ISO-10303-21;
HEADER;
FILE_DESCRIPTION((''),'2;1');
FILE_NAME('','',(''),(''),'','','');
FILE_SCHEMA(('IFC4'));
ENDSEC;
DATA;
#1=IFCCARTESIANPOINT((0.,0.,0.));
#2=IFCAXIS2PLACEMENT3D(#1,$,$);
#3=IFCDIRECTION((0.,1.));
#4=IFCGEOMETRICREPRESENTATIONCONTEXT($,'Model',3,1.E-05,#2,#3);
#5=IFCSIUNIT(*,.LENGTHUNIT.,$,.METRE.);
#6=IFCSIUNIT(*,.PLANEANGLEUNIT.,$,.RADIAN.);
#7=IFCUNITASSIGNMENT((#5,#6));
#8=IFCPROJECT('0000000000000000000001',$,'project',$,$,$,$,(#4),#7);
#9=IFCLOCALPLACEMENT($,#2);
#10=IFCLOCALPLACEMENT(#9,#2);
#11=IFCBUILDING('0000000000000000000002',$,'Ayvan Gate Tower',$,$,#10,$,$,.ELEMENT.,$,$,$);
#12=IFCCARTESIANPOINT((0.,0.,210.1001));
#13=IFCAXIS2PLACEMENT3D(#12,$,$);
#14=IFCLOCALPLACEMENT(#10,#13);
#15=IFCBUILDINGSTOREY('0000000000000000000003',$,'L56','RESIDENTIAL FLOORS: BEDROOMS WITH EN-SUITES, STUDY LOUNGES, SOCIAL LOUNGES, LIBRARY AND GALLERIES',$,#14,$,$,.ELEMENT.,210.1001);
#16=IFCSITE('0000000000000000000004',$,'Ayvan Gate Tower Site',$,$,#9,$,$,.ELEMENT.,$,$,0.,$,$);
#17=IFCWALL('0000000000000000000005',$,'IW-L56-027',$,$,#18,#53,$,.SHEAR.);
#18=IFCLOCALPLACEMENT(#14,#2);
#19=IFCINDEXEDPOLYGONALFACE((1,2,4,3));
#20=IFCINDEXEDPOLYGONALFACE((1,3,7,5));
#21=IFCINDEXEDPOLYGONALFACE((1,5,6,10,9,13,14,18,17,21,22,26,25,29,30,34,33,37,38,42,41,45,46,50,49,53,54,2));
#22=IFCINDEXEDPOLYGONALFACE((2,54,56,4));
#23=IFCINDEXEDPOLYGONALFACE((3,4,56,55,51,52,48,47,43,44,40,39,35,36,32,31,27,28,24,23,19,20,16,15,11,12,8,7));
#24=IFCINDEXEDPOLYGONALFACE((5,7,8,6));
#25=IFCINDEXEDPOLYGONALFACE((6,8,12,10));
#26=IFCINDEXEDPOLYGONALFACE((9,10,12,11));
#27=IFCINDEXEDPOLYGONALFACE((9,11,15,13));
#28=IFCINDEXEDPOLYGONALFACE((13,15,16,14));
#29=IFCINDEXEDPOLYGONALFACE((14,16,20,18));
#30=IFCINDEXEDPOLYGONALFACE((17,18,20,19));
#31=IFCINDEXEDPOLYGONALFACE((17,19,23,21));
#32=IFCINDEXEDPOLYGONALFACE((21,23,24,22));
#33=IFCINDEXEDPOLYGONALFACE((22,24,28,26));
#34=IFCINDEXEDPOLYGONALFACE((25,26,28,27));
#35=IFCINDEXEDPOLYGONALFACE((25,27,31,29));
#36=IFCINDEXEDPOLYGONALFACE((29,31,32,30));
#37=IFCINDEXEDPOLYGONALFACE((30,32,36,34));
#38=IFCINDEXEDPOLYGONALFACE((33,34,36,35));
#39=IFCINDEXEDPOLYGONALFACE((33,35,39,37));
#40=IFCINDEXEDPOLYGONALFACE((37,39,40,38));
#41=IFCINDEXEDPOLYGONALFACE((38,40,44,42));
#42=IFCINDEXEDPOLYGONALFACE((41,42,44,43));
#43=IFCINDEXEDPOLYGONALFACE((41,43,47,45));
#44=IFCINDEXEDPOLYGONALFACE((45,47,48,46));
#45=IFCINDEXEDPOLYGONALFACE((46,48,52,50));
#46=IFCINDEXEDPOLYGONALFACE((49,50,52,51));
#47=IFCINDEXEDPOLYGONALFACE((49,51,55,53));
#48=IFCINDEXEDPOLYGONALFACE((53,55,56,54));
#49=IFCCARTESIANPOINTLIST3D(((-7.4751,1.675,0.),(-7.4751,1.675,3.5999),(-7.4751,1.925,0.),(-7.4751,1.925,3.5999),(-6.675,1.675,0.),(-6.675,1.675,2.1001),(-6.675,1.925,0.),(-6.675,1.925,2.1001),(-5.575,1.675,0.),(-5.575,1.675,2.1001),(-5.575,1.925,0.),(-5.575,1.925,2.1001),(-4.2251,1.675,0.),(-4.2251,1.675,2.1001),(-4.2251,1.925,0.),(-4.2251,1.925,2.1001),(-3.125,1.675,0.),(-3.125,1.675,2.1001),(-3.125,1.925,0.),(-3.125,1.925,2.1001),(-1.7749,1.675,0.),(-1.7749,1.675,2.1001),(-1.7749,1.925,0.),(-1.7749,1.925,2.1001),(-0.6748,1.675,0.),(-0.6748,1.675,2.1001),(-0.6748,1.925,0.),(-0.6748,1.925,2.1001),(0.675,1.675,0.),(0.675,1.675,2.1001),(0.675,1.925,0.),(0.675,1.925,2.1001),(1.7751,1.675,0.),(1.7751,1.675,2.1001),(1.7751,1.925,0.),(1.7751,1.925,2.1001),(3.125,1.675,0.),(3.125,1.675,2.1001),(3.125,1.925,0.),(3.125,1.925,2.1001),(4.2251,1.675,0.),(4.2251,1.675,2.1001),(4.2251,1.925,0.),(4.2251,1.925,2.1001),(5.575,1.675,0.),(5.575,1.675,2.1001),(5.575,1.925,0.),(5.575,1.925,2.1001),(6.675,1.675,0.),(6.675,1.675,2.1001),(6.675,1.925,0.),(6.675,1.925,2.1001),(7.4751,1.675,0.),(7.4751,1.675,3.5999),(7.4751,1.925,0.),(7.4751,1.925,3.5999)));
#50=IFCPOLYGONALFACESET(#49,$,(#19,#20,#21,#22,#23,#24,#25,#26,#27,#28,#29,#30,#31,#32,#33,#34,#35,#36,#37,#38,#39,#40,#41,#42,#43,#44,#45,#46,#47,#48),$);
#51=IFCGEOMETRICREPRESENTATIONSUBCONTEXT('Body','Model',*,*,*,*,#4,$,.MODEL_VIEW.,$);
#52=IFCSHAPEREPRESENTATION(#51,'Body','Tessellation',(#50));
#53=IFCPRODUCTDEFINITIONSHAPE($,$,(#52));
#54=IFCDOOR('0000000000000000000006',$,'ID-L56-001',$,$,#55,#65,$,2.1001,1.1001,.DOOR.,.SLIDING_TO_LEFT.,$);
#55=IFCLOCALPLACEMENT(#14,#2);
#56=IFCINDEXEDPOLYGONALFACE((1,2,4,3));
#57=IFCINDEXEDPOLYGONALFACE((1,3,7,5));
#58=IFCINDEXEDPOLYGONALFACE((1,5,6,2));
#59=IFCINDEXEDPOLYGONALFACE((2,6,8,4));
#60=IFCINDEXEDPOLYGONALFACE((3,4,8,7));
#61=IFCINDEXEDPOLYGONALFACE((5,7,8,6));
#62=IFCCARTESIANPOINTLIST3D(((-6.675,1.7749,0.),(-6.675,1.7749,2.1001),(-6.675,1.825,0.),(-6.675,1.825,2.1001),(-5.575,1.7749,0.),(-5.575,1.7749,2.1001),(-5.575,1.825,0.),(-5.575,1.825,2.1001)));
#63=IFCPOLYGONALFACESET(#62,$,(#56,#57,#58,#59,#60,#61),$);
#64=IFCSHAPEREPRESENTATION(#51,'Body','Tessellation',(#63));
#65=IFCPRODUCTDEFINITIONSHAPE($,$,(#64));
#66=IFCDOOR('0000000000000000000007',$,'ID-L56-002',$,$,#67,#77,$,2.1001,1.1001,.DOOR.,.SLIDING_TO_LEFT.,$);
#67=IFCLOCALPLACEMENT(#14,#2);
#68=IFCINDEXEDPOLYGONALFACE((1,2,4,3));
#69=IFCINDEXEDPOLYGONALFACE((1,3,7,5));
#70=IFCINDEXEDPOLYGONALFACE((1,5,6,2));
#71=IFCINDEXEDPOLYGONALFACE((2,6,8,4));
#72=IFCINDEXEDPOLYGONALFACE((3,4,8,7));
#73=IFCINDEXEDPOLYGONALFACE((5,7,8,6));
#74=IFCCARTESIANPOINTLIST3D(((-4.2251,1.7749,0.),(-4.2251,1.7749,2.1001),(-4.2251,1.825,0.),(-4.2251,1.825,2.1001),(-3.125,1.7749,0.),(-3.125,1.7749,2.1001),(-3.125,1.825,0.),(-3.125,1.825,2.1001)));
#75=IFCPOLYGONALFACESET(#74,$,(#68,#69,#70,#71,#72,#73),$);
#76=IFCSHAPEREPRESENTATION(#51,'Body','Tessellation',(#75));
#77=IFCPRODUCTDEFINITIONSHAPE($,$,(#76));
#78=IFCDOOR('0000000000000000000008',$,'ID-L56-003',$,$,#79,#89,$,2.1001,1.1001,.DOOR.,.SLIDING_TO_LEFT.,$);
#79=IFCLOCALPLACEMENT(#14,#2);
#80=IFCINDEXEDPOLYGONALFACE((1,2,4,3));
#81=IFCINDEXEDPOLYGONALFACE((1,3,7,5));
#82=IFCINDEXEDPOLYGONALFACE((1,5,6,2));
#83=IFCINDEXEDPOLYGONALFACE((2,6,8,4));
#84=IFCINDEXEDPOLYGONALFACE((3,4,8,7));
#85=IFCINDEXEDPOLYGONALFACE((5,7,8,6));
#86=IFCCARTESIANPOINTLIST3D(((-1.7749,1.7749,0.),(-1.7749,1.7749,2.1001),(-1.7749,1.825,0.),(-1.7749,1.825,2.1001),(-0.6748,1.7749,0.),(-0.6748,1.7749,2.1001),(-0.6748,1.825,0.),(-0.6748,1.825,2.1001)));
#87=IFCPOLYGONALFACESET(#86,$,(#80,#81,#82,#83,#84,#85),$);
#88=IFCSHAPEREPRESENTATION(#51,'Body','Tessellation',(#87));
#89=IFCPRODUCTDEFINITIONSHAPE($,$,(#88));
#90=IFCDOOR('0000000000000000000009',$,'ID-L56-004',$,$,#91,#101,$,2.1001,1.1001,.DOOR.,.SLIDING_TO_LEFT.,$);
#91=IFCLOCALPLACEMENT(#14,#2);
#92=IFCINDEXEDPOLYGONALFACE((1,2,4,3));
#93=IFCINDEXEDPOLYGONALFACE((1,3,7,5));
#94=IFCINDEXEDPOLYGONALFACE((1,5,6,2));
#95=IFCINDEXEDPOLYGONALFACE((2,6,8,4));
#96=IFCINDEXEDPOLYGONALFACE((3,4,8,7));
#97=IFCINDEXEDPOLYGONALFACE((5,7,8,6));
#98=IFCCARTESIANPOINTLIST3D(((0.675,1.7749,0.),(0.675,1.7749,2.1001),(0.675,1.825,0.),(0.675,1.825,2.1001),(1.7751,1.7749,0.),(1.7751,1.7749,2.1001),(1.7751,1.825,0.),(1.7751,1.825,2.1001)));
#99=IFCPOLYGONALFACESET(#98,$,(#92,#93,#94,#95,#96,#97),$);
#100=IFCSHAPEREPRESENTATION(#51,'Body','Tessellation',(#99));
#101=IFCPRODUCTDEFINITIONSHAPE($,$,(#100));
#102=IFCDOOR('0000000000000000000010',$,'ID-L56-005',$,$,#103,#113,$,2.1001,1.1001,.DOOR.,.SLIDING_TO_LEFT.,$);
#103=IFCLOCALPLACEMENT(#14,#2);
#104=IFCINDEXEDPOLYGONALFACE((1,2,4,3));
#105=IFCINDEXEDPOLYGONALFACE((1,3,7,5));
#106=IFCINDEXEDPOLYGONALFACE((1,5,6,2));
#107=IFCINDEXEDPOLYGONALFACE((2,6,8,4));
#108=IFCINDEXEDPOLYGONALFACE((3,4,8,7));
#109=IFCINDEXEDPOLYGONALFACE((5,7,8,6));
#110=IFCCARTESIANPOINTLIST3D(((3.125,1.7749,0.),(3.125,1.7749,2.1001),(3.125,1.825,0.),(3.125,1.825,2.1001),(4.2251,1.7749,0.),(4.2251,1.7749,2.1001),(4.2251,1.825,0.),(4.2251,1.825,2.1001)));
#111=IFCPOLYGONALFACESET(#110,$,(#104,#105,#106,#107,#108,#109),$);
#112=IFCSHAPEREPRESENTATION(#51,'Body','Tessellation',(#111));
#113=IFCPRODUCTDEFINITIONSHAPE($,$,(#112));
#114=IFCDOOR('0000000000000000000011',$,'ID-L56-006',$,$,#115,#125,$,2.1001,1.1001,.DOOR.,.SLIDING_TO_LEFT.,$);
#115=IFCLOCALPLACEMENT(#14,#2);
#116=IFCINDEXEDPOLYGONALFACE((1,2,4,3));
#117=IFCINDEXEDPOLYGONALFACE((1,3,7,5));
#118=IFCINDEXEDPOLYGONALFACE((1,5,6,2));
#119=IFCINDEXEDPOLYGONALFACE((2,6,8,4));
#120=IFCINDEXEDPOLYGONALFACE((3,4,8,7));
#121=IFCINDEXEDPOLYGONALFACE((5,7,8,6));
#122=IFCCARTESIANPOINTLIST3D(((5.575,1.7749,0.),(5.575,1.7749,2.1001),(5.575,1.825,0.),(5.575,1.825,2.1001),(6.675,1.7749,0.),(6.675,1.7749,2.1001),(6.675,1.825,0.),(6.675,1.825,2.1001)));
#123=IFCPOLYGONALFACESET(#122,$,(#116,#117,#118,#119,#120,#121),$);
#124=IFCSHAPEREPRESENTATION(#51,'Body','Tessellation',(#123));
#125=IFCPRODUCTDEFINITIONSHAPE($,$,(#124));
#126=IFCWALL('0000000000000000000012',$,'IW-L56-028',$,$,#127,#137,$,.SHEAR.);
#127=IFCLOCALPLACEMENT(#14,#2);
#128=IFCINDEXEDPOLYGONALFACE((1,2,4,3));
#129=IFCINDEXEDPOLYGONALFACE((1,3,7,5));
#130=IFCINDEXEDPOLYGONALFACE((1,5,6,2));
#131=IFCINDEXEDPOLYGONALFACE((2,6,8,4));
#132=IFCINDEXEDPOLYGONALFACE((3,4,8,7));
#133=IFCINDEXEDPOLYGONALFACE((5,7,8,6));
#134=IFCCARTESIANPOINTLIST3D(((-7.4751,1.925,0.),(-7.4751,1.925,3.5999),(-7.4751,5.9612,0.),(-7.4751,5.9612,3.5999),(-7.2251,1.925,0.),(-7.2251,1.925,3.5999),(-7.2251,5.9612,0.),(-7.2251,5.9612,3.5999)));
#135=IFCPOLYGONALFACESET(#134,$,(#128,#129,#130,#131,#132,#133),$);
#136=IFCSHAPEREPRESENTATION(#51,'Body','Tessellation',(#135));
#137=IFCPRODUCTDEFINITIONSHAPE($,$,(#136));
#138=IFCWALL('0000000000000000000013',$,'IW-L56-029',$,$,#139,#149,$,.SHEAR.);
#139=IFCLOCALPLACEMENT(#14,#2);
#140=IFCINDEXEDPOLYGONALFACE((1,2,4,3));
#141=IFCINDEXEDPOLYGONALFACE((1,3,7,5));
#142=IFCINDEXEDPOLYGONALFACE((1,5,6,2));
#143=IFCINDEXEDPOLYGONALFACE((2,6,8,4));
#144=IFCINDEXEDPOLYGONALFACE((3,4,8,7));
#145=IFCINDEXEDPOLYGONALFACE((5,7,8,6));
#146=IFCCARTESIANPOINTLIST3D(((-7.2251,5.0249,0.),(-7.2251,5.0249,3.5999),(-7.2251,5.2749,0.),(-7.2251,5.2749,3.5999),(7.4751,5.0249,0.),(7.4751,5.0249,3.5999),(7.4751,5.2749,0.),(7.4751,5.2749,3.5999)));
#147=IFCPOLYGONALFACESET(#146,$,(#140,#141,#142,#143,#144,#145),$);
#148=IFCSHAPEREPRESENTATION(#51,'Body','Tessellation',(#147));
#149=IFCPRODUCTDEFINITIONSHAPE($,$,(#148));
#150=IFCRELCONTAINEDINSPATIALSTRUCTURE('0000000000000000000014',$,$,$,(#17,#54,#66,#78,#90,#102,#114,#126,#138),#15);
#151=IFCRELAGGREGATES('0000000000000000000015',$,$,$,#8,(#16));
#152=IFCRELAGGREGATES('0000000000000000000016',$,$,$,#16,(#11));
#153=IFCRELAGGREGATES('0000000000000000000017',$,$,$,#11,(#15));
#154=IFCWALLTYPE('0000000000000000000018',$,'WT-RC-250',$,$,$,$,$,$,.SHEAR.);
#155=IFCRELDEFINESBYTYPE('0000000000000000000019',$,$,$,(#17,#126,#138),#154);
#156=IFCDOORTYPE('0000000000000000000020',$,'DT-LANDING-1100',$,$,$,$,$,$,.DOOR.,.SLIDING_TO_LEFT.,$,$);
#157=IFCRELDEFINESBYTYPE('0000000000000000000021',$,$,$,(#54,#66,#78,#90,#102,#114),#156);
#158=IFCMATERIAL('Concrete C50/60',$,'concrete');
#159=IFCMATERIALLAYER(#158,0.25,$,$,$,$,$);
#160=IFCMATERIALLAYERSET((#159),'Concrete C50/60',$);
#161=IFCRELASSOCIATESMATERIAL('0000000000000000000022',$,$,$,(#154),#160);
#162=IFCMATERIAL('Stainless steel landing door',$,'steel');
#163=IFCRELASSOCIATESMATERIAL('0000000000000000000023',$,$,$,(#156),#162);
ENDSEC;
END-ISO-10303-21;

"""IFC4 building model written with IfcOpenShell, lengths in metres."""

from ifc_helpers import new_model, si_unit, direction, frame, frame_2d, origin, place, context, subcontext, project, spatial, rectangle, extrude, material, layer, layer_set, type_object, element, fill, save


model = new_model("IFC4")

# Units and contexts
model_context = context("Model", 3, precision=1e-05, world=origin(), true_north=direction((0.0, 1.0)))
body_context = subcontext(model_context, "Body", "Model", "MODEL_VIEW")
ifc_project = project(units=[si_unit("LENGTHUNIT", "METRE"), si_unit("PLANEANGLEUNIT", "RADIAN")], contexts=[model_context])

# Site, building, storey
site_placement = place(None, origin())
site = spatial("IfcSite", under=ifc_project, at=site_placement, Name="Ayvan Gate Tower Site", CompositionType="ELEMENT", RefElevation=0.0)
building_placement = place(site_placement, origin())
building = spatial("IfcBuilding", under=site, at=building_placement, Name="Ayvan Gate Tower", CompositionType="ELEMENT")
storey_placement = place(building_placement, frame((0.0, 0.0, 210.1001)))
storey = spatial("IfcBuildingStorey", under=building, at=storey_placement, Name="L56", Description="RESIDENTIAL FLOORS: BEDROOMS WITH EN-SUITES, STUDY LOUNGES, SOCIAL LOUNGES, LIBRARY AND GALLERIES", CompositionType="ELEMENT", Elevation=210.1001)

# Wall, openings, doors
ifc_material_1 = material(Name="Concrete C50/60", Category="concrete")
ifc_layer_1 = layer(ifc_material_1, 0.25)
ifc_layer_set_1 = layer_set([ifc_layer_1], Name="Concrete C50/60")
wall_type_1 = type_object("IfcWallType", Name="WT-RC-250", PredefinedType="SHEAR", material=ifc_layer_set_1)
wall_1_placement = place(storey_placement, frame((-7.4751, 1.8, 0.0), z_axis=(0.0, 0.0, 1.0), x_axis=(1.0, 0.0, 0.0)))
wall_1 = element("IfcWall", 1, at=wall_1_placement, inside=storey, type_object=wall_type_1, Name="IW-L56-027", PredefinedType="SHEAR", context=body_context, shape_type="SweptSolid", body=[
    extrude(rectangle(XDim=14.9502, YDim=0.25, at=frame_2d((7.4751, 0.0))), origin(), (0.0, 0.0, 1.0), 3.5999),
])
opening_1_placement = place(wall_1_placement, frame((0.8, 0.0, 0.0)))
opening_1 = element("IfcOpeningElement", 2, at=opening_1_placement, cuts=wall_1, PredefinedType="OPENING", context=body_context, shape_type="SweptSolid", body=[
    extrude(rectangle(XDim=1.1001, YDim=2.1001, at=frame_2d((0.55, 1.05))), frame((0.0, 0.135, 0.0), z_axis=(0.0, -1.0, 0.0), x_axis=(1.0, 0.0, 0.0)), (0.0, 0.0, 1.0), 0.27),
])
opening_2_placement = place(wall_1_placement, frame((3.25, 0.0, 0.0)))
opening_2 = element("IfcOpeningElement", 3, at=opening_2_placement, cuts=wall_1, PredefinedType="OPENING", context=body_context, shape_type="SweptSolid", body=[
    extrude(rectangle(XDim=1.1001, YDim=2.1001, at=frame_2d((0.55, 1.05))), frame((0.0, 0.135, 0.0), z_axis=(0.0, -1.0, 0.0), x_axis=(1.0, 0.0, 0.0)), (0.0, 0.0, 1.0), 0.27),
])
opening_3_placement = place(wall_1_placement, frame((5.7002, 0.0, 0.0)))
opening_3 = element("IfcOpeningElement", 4, at=opening_3_placement, cuts=wall_1, PredefinedType="OPENING", context=body_context, shape_type="SweptSolid", body=[
    extrude(rectangle(XDim=1.1001, YDim=2.1001, at=frame_2d((0.55, 1.05))), frame((0.0, 0.135, 0.0), z_axis=(0.0, -1.0, 0.0), x_axis=(1.0, 0.0, 0.0)), (0.0, 0.0, 1.0), 0.27),
])
opening_4_placement = place(wall_1_placement, frame((8.1501, 0.0, 0.0)))
opening_4 = element("IfcOpeningElement", 5, at=opening_4_placement, cuts=wall_1, PredefinedType="OPENING", context=body_context, shape_type="SweptSolid", body=[
    extrude(rectangle(XDim=1.1001, YDim=2.1001, at=frame_2d((0.55, 1.05))), frame((0.0, 0.135, 0.0), z_axis=(0.0, -1.0, 0.0), x_axis=(1.0, 0.0, 0.0)), (0.0, 0.0, 1.0), 0.27),
])
opening_5_placement = place(wall_1_placement, frame((10.6001, 0.0, 0.0)))
opening_5 = element("IfcOpeningElement", 6, at=opening_5_placement, cuts=wall_1, PredefinedType="OPENING", context=body_context, shape_type="SweptSolid", body=[
    extrude(rectangle(XDim=1.1001, YDim=2.1001, at=frame_2d((0.55, 1.05))), frame((0.0, 0.135, 0.0), z_axis=(0.0, -1.0, 0.0), x_axis=(1.0, 0.0, 0.0)), (0.0, 0.0, 1.0), 0.27),
])
opening_6_placement = place(wall_1_placement, frame((13.05, 0.0, 0.0)))
opening_6 = element("IfcOpeningElement", 7, at=opening_6_placement, cuts=wall_1, PredefinedType="OPENING", context=body_context, shape_type="SweptSolid", body=[
    extrude(rectangle(XDim=1.1001, YDim=2.1001, at=frame_2d((0.55, 1.05))), frame((0.0, 0.135, 0.0), z_axis=(0.0, -1.0, 0.0), x_axis=(1.0, 0.0, 0.0)), (0.0, 0.0, 1.0), 0.27),
])
ifc_material_2 = material(Name="Stainless steel landing door", Category="steel")
door_type_1 = type_object("IfcDoorType", Name="DT-LANDING-1100", OperationType="SLIDING_TO_LEFT", PredefinedType="DOOR", material=ifc_material_2)
door_1_placement = place(opening_1_placement, origin())
door_1 = element("IfcDoor", 8, at=door_1_placement, inside=storey, type_object=door_type_1, Name="ID-L56-001", OperationType="SLIDING_TO_LEFT", OverallHeight=2.1001, OverallWidth=1.1001, PredefinedType="DOOR", context=body_context, shape_type="SweptSolid", body=[
    extrude(rectangle(XDim=1.1001, YDim=2.1001, at=frame_2d((0.55, 1.05))), frame((0.0, 0.0249, 0.0), z_axis=(0.0, -1.0, 0.0), x_axis=(1.0, 0.0, 0.0)), (0.0, 0.0, 1.0), 0.05),
])
fill(opening_1, door_1)
door_2_placement = place(opening_2_placement, origin())
door_2 = element("IfcDoor", 9, at=door_2_placement, inside=storey, type_object=door_type_1, Name="ID-L56-002", OperationType="SLIDING_TO_LEFT", OverallHeight=2.1001, OverallWidth=1.1001, PredefinedType="DOOR", context=body_context, shape_type="SweptSolid", body=[
    extrude(rectangle(XDim=1.1001, YDim=2.1001, at=frame_2d((0.55, 1.05))), frame((0.0, 0.0249, 0.0), z_axis=(0.0, -1.0, 0.0), x_axis=(1.0, 0.0, 0.0)), (0.0, 0.0, 1.0), 0.05),
])
fill(opening_2, door_2)
door_3_placement = place(opening_3_placement, origin())
door_3 = element("IfcDoor", 10, at=door_3_placement, inside=storey, type_object=door_type_1, Name="ID-L56-003", OperationType="SLIDING_TO_LEFT", OverallHeight=2.1001, OverallWidth=1.1001, PredefinedType="DOOR", context=body_context, shape_type="SweptSolid", body=[
    extrude(rectangle(XDim=1.1001, YDim=2.1001, at=frame_2d((0.55, 1.05))), frame((0.0, 0.0249, 0.0), z_axis=(0.0, -1.0, 0.0), x_axis=(1.0, 0.0, 0.0)), (0.0, 0.0, 1.0), 0.05),
])
fill(opening_3, door_3)
door_4_placement = place(opening_4_placement, origin())
door_4 = element("IfcDoor", 11, at=door_4_placement, inside=storey, type_object=door_type_1, Name="ID-L56-004", OperationType="SLIDING_TO_LEFT", OverallHeight=2.1001, OverallWidth=1.1001, PredefinedType="DOOR", context=body_context, shape_type="SweptSolid", body=[
    extrude(rectangle(XDim=1.1001, YDim=2.1001, at=frame_2d((0.55, 1.05))), frame((0.0, 0.0249, 0.0), z_axis=(0.0, -1.0, 0.0), x_axis=(1.0, 0.0, 0.0)), (0.0, 0.0, 1.0), 0.05),
])
fill(opening_4, door_4)
door_5_placement = place(opening_5_placement, origin())
door_5 = element("IfcDoor", 12, at=door_5_placement, inside=storey, type_object=door_type_1, Name="ID-L56-005", OperationType="SLIDING_TO_LEFT", OverallHeight=2.1001, OverallWidth=1.1001, PredefinedType="DOOR", context=body_context, shape_type="SweptSolid", body=[
    extrude(rectangle(XDim=1.1001, YDim=2.1001, at=frame_2d((0.55, 1.05))), frame((0.0, 0.0249, 0.0), z_axis=(0.0, -1.0, 0.0), x_axis=(1.0, 0.0, 0.0)), (0.0, 0.0, 1.0), 0.05),
])
fill(opening_5, door_5)
door_6_placement = place(opening_6_placement, origin())
door_6 = element("IfcDoor", 13, at=door_6_placement, inside=storey, type_object=door_type_1, Name="ID-L56-006", OperationType="SLIDING_TO_LEFT", OverallHeight=2.1001, OverallWidth=1.1001, PredefinedType="DOOR", context=body_context, shape_type="SweptSolid", body=[
    extrude(rectangle(XDim=1.1001, YDim=2.1001, at=frame_2d((0.55, 1.05))), frame((0.0, 0.0249, 0.0), z_axis=(0.0, -1.0, 0.0), x_axis=(1.0, 0.0, 0.0)), (0.0, 0.0, 1.0), 0.05),
])
fill(opening_6, door_6)

# Walls
wall_2_placement = place(storey_placement, frame((-7.3501, 1.925, 0.0), z_axis=(0.0, 0.0, 1.0), x_axis=(0.0, 1.0, 0.0)))
element("IfcWall", 14, at=wall_2_placement, inside=storey, type_object=wall_type_1, Name="IW-L56-028", PredefinedType="SHEAR", context=body_context, shape_type="SweptSolid", body=[
    extrude(rectangle(XDim=4.0361, YDim=0.25, at=frame_2d((2.0181, 0.0))), origin(), (0.0, 0.0, 1.0), 3.5999),
])
wall_3_placement = place(storey_placement, frame((-7.2251, 5.1499, 0.0), z_axis=(0.0, 0.0, 1.0), x_axis=(1.0, 0.0, 0.0)))
element("IfcWall", 15, at=wall_3_placement, inside=storey, type_object=wall_type_1, Name="IW-L56-029", PredefinedType="SHEAR", context=body_context, shape_type="SweptSolid", body=[
    extrude(rectangle(XDim=14.7002, YDim=0.25, at=frame_2d((7.3501, 0.0))), origin(), (0.0, 0.0, 1.0), 3.5999),
])

save(model, "model.ifc")
